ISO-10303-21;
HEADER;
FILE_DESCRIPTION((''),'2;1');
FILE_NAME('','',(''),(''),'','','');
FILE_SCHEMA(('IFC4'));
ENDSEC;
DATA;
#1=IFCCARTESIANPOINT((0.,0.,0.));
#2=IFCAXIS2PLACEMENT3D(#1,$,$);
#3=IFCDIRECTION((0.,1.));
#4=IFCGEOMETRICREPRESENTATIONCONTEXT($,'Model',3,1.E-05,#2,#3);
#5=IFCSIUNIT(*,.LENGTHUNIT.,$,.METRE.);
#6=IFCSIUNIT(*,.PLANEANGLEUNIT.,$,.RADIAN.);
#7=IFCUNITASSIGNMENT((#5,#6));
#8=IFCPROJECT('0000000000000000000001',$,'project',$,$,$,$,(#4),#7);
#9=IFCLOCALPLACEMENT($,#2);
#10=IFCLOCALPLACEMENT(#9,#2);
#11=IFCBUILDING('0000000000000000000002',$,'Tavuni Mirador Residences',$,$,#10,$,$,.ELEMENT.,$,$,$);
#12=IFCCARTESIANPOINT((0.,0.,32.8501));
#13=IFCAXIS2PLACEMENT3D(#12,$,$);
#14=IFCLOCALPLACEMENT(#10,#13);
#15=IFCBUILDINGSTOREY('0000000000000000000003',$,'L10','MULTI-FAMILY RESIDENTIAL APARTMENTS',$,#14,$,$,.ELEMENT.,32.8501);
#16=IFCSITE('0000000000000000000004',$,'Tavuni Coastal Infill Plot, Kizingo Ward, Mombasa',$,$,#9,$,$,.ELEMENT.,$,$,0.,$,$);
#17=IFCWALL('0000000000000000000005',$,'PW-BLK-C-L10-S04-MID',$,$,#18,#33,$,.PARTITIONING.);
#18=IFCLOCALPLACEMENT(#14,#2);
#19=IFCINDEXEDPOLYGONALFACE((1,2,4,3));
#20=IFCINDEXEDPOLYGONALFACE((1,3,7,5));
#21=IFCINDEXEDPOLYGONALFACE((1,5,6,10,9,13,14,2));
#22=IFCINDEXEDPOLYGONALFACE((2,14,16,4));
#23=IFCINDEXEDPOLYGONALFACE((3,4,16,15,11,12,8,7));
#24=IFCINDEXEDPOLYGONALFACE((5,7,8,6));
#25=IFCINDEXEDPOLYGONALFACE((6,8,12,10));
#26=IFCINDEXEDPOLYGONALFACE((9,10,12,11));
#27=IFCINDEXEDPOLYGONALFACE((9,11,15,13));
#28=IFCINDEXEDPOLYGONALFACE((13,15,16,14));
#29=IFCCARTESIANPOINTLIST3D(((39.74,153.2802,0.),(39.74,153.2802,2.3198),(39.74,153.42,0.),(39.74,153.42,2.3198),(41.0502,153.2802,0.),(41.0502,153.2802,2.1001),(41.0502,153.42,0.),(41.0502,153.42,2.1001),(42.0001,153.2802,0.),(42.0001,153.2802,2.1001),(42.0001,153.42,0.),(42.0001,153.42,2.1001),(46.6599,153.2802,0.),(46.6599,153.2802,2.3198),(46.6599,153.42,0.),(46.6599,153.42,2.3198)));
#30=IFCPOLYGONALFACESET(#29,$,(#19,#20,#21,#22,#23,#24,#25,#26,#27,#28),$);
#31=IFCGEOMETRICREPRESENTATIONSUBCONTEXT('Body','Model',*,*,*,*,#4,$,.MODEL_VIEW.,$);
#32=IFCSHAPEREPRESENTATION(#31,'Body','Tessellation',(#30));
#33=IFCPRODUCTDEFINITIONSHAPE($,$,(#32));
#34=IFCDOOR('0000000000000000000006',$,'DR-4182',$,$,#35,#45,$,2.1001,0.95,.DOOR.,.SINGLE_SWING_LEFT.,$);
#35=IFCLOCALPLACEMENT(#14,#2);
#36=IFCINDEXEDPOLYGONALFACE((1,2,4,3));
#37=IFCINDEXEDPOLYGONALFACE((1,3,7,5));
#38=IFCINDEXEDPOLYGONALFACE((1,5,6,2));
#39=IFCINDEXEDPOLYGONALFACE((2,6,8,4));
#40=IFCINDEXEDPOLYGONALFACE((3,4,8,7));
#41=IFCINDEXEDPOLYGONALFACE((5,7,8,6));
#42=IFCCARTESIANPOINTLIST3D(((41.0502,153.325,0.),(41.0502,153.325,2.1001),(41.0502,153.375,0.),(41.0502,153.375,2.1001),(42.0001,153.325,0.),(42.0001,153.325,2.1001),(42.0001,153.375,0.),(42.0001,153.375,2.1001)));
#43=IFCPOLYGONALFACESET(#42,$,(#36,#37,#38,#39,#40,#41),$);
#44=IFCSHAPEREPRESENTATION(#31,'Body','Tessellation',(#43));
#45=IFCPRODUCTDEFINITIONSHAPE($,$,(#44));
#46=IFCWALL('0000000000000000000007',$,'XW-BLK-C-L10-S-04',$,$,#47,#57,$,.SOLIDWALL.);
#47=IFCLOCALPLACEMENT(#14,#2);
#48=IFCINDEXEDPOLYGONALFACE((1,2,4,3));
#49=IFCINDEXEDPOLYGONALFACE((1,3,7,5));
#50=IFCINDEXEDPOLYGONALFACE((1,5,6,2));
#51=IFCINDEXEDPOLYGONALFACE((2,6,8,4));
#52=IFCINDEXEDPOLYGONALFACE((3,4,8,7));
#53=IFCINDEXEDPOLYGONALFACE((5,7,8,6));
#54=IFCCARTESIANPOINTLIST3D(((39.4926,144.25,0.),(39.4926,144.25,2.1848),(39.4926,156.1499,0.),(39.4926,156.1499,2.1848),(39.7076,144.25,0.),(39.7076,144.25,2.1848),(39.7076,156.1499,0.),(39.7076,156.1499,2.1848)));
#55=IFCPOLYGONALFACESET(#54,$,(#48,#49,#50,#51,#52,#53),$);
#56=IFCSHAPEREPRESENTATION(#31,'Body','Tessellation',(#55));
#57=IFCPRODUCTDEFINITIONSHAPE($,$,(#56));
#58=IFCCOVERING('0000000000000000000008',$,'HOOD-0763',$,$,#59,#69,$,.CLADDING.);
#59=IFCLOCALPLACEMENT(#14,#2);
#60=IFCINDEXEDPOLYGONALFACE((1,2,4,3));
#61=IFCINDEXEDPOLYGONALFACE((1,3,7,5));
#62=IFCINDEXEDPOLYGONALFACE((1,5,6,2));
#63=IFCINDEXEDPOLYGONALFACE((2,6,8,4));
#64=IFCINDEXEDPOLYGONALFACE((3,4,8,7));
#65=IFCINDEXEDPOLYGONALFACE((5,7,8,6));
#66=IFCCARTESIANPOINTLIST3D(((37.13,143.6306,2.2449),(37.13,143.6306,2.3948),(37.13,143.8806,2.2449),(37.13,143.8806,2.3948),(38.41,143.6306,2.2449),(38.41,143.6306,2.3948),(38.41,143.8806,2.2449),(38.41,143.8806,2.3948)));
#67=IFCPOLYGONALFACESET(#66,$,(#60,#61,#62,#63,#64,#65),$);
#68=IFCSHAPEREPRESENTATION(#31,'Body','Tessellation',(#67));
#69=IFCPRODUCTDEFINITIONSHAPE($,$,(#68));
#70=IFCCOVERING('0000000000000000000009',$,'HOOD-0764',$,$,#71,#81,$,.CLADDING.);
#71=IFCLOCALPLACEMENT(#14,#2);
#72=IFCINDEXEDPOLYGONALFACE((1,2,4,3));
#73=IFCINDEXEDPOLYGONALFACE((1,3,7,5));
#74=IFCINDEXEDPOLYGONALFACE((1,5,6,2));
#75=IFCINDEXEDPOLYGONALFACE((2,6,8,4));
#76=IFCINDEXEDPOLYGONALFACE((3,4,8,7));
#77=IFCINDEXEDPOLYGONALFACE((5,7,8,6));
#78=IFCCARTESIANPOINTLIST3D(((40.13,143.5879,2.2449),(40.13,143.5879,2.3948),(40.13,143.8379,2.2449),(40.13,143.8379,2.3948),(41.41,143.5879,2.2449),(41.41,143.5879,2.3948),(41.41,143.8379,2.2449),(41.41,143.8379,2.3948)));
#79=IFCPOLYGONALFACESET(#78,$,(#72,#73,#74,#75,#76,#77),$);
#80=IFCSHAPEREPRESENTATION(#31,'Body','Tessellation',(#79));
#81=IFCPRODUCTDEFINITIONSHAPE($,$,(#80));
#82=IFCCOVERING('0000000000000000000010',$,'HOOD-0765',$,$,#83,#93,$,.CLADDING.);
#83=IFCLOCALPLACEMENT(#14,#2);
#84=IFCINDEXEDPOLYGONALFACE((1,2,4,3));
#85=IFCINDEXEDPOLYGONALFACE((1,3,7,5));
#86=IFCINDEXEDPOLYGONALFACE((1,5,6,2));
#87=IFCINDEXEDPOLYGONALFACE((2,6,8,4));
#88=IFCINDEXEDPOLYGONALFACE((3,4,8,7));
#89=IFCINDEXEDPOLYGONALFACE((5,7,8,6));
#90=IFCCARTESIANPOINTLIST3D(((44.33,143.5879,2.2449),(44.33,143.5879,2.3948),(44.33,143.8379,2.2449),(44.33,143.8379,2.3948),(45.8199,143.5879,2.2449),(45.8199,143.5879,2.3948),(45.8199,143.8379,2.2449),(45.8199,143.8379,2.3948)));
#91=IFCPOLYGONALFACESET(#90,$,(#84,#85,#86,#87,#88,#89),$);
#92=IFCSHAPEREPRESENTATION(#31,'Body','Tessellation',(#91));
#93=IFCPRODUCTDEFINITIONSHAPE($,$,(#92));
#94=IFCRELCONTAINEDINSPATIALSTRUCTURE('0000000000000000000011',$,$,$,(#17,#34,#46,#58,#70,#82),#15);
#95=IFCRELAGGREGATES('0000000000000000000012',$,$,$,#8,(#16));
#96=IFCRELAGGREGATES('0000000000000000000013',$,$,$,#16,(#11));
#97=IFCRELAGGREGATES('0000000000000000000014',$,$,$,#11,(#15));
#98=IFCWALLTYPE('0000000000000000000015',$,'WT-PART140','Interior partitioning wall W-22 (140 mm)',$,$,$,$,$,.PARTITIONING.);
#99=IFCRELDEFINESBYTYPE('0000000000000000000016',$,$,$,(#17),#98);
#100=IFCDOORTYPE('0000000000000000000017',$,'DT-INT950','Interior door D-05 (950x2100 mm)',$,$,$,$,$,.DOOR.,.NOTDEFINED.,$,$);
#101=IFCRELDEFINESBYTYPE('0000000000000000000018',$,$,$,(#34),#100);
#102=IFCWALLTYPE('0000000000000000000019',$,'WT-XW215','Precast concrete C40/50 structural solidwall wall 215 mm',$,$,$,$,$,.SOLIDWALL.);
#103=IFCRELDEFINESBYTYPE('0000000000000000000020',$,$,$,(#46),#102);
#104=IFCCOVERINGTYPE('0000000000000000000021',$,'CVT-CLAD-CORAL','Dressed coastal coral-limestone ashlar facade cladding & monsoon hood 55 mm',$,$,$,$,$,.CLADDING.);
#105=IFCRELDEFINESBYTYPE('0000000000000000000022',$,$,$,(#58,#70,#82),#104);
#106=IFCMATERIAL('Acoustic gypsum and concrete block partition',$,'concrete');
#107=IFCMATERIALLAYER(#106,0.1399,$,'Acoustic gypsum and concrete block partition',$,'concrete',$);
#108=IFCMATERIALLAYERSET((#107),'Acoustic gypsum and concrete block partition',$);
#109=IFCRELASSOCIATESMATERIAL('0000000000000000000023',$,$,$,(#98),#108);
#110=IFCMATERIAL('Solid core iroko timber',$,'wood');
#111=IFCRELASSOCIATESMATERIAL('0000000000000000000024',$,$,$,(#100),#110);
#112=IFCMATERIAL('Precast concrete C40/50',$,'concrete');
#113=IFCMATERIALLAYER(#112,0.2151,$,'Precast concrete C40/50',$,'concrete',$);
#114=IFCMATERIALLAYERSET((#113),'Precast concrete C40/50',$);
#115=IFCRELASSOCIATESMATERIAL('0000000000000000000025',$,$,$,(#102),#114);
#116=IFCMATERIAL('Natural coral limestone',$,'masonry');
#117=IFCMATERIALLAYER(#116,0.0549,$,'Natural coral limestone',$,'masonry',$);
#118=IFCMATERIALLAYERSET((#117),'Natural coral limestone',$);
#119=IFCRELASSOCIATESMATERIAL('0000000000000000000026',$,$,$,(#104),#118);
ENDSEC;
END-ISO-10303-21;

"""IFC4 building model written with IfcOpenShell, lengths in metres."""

from ifc_helpers import new_model, si_unit, direction, frame, frame_2d, origin, origin_2d, place, context, subcontext, project, spatial, rectangle, extrude, material, layer, layer_set, type_object, element, fill, save


model = new_model("IFC4")

# Units and contexts
model_context = context("Model", 3, precision=1e-05, world=origin(), true_north=direction((0.0, 1.0)))
body_context = subcontext(model_context, "Body", "Model", "MODEL_VIEW")
ifc_project = project(units=[si_unit("LENGTHUNIT", "METRE"), si_unit("PLANEANGLEUNIT", "RADIAN")], contexts=[model_context])

# Site, building, storey
site_placement = place(None, origin())
site = spatial("IfcSite", under=ifc_project, at=site_placement, Name="Tavuni Coastal Infill Plot, Kizingo Ward, Mombasa", CompositionType="ELEMENT", RefElevation=0.0)
building_placement = place(site_placement, origin())
building = spatial("IfcBuilding", under=site, at=building_placement, Name="Tavuni Mirador Residences", CompositionType="ELEMENT")
storey_placement = place(building_placement, frame((0.0, 0.0, 32.8501)))
storey = spatial("IfcBuildingStorey", under=building, at=storey_placement, Name="L10", Description="MULTI-FAMILY RESIDENTIAL APARTMENTS", CompositionType="ELEMENT", Elevation=32.8501)

# Shared definitions
ifc_material_1 = material(Name="Precast concrete C40/50", Category="concrete")

# Shared definitions
ifc_material_2 = material(Name="Solid core iroko timber", Category="wood")

# Wall, opening, door
ifc_material_3 = material(Name="Acoustic gypsum and concrete block partition", Category="concrete")
ifc_layer_1 = layer(ifc_material_3, 0.1399, Name="Acoustic gypsum and concrete block partition", Category="concrete")
ifc_layer_set_1 = layer_set([ifc_layer_1], Name="Acoustic gypsum and concrete block partition")
wall_type_1 = type_object("IfcWallType", Name="WT-PART140", Description="Interior partitioning wall W-22 (140 mm)", PredefinedType="PARTITIONING", material=ifc_layer_set_1)
wall_1_placement = place(storey_placement, frame((39.74, 153.3501, 0.0), z_axis=(0.0, 0.0, 1.0), x_axis=(1.0, 0.0, 0.0)))
wall_1 = element("IfcWall", 1, at=wall_1_placement, inside=storey, type_object=wall_type_1, Name="PW-BLK-C-L10-S04-MID", PredefinedType="PARTITIONING", context=body_context, shape_type="SweptSolid", body=[
    extrude(rectangle(XDim=6.9199, YDim=0.1399, at=frame_2d((3.46, 0.0))), origin(), (0.0, 0.0, 1.0), 2.3198),
])
opening_1_placement = place(wall_1_placement, frame((1.3101, 0.0, 0.0)))
opening_1 = element("IfcOpeningElement", 2, at=opening_1_placement, cuts=wall_1, PredefinedType="OPENING", context=body_context, shape_type="SweptSolid", body=[
    extrude(rectangle(XDim=0.95, YDim=2.1001, at=frame_2d((0.4751, 1.05))), frame((0.0, 0.0801, 0.0), z_axis=(0.0, -1.0, 0.0), x_axis=(1.0, 0.0, 0.0)), (0.0, 0.0, 1.0), 0.1599),
])
door_type_1 = type_object("IfcDoorType", Name="DT-INT950", Description="Interior door D-05 (950x2100 mm)", OperationType="NOTDEFINED", PredefinedType="DOOR", material=ifc_material_2)
door_1_placement = place(opening_1_placement, origin())
door_1 = element("IfcDoor", 3, at=door_1_placement, inside=storey, type_object=door_type_1, Name="DR-4182", OperationType="SINGLE_SWING_LEFT", OverallHeight=2.1001, OverallWidth=0.95, PredefinedType="DOOR", context=body_context, shape_type="SweptSolid", body=[
    extrude(rectangle(XDim=0.95, YDim=2.1001, at=frame_2d((0.4751, 1.05))), frame((0.0, 0.0249, 0.0), z_axis=(0.0, -1.0, 0.0), x_axis=(1.0, 0.0, 0.0)), (0.0, 0.0, 1.0), 0.05),
])
fill(opening_1, door_1)

# Wall
ifc_layer_2 = layer(ifc_material_1, 0.2151, Name="Precast concrete C40/50", Category="concrete")
ifc_layer_set_2 = layer_set([ifc_layer_2], Name="Precast concrete C40/50")
wall_type_2 = type_object("IfcWallType", Name="WT-XW215", Description="Precast concrete C40/50 structural solidwall wall 215 mm", PredefinedType="SOLIDWALL", material=ifc_layer_set_2)
wall_2_placement = place(storey_placement, frame((39.6001, 144.25, 0.0), z_axis=(0.0, 0.0, 1.0), x_axis=(0.0, 1.0, 0.0)))
element("IfcWall", 4, at=wall_2_placement, inside=storey, type_object=wall_type_2, Name="XW-BLK-C-L10-S-04", PredefinedType="SOLIDWALL", context=body_context, shape_type="SweptSolid", body=[
    extrude(rectangle(XDim=11.8999, YDim=0.2151, at=frame_2d((5.95, 0.0))), origin(), (0.0, 0.0, 1.0), 2.1848),
])

# Coverings
ifc_material_4 = material(Name="Natural coral limestone", Category="masonry")
ifc_layer_3 = layer(ifc_material_4, 0.0549, Name="Natural coral limestone", Category="masonry")
ifc_layer_set_3 = layer_set([ifc_layer_3], Name="Natural coral limestone")
covering_type = type_object("IfcCoveringType", Name="CVT-CLAD-CORAL", Description="Dressed coastal coral-limestone ashlar facade cladding & monsoon hood 55 mm", PredefinedType="CLADDING", material=ifc_layer_set_3)
for number, where, z_axis, x_axis, name in (
    (5, (37.77, 143.7556, 2.2449), (0.0, 0.0, 1.0), (1.0, 0.0, 0.0), "HOOD-0763"),
    (6, (40.77, 143.7129, 2.2449), (0.0, 0.0, 1.0), (1.0, 0.0, 0.0), "HOOD-0764"),
):
    element("IfcCovering", number, at=place(storey_placement, frame(where, z_axis=z_axis, x_axis=x_axis)), inside=storey, type_object=covering_type, Name=name, PredefinedType="CLADDING", context=body_context, shape_type="SweptSolid", body=[
        extrude(rectangle(XDim=1.28, YDim=0.25, at=origin_2d()), origin(), (0.0, 0.0, 1.0), 0.1499),
    ])
covering_placement = place(storey_placement, frame((45.075, 143.7129, 2.2449), z_axis=(0.0, 0.0, 1.0), x_axis=(1.0, 0.0, 0.0)))
element("IfcCovering", 7, at=covering_placement, inside=storey, type_object=covering_type, Name="HOOD-0765", PredefinedType="CLADDING", context=body_context, shape_type="SweptSolid", body=[
    extrude(rectangle(XDim=1.49, YDim=0.25, at=origin_2d()), origin(), (0.0, 0.0, 1.0), 0.1499),
])

save(model, "model.ifc")
